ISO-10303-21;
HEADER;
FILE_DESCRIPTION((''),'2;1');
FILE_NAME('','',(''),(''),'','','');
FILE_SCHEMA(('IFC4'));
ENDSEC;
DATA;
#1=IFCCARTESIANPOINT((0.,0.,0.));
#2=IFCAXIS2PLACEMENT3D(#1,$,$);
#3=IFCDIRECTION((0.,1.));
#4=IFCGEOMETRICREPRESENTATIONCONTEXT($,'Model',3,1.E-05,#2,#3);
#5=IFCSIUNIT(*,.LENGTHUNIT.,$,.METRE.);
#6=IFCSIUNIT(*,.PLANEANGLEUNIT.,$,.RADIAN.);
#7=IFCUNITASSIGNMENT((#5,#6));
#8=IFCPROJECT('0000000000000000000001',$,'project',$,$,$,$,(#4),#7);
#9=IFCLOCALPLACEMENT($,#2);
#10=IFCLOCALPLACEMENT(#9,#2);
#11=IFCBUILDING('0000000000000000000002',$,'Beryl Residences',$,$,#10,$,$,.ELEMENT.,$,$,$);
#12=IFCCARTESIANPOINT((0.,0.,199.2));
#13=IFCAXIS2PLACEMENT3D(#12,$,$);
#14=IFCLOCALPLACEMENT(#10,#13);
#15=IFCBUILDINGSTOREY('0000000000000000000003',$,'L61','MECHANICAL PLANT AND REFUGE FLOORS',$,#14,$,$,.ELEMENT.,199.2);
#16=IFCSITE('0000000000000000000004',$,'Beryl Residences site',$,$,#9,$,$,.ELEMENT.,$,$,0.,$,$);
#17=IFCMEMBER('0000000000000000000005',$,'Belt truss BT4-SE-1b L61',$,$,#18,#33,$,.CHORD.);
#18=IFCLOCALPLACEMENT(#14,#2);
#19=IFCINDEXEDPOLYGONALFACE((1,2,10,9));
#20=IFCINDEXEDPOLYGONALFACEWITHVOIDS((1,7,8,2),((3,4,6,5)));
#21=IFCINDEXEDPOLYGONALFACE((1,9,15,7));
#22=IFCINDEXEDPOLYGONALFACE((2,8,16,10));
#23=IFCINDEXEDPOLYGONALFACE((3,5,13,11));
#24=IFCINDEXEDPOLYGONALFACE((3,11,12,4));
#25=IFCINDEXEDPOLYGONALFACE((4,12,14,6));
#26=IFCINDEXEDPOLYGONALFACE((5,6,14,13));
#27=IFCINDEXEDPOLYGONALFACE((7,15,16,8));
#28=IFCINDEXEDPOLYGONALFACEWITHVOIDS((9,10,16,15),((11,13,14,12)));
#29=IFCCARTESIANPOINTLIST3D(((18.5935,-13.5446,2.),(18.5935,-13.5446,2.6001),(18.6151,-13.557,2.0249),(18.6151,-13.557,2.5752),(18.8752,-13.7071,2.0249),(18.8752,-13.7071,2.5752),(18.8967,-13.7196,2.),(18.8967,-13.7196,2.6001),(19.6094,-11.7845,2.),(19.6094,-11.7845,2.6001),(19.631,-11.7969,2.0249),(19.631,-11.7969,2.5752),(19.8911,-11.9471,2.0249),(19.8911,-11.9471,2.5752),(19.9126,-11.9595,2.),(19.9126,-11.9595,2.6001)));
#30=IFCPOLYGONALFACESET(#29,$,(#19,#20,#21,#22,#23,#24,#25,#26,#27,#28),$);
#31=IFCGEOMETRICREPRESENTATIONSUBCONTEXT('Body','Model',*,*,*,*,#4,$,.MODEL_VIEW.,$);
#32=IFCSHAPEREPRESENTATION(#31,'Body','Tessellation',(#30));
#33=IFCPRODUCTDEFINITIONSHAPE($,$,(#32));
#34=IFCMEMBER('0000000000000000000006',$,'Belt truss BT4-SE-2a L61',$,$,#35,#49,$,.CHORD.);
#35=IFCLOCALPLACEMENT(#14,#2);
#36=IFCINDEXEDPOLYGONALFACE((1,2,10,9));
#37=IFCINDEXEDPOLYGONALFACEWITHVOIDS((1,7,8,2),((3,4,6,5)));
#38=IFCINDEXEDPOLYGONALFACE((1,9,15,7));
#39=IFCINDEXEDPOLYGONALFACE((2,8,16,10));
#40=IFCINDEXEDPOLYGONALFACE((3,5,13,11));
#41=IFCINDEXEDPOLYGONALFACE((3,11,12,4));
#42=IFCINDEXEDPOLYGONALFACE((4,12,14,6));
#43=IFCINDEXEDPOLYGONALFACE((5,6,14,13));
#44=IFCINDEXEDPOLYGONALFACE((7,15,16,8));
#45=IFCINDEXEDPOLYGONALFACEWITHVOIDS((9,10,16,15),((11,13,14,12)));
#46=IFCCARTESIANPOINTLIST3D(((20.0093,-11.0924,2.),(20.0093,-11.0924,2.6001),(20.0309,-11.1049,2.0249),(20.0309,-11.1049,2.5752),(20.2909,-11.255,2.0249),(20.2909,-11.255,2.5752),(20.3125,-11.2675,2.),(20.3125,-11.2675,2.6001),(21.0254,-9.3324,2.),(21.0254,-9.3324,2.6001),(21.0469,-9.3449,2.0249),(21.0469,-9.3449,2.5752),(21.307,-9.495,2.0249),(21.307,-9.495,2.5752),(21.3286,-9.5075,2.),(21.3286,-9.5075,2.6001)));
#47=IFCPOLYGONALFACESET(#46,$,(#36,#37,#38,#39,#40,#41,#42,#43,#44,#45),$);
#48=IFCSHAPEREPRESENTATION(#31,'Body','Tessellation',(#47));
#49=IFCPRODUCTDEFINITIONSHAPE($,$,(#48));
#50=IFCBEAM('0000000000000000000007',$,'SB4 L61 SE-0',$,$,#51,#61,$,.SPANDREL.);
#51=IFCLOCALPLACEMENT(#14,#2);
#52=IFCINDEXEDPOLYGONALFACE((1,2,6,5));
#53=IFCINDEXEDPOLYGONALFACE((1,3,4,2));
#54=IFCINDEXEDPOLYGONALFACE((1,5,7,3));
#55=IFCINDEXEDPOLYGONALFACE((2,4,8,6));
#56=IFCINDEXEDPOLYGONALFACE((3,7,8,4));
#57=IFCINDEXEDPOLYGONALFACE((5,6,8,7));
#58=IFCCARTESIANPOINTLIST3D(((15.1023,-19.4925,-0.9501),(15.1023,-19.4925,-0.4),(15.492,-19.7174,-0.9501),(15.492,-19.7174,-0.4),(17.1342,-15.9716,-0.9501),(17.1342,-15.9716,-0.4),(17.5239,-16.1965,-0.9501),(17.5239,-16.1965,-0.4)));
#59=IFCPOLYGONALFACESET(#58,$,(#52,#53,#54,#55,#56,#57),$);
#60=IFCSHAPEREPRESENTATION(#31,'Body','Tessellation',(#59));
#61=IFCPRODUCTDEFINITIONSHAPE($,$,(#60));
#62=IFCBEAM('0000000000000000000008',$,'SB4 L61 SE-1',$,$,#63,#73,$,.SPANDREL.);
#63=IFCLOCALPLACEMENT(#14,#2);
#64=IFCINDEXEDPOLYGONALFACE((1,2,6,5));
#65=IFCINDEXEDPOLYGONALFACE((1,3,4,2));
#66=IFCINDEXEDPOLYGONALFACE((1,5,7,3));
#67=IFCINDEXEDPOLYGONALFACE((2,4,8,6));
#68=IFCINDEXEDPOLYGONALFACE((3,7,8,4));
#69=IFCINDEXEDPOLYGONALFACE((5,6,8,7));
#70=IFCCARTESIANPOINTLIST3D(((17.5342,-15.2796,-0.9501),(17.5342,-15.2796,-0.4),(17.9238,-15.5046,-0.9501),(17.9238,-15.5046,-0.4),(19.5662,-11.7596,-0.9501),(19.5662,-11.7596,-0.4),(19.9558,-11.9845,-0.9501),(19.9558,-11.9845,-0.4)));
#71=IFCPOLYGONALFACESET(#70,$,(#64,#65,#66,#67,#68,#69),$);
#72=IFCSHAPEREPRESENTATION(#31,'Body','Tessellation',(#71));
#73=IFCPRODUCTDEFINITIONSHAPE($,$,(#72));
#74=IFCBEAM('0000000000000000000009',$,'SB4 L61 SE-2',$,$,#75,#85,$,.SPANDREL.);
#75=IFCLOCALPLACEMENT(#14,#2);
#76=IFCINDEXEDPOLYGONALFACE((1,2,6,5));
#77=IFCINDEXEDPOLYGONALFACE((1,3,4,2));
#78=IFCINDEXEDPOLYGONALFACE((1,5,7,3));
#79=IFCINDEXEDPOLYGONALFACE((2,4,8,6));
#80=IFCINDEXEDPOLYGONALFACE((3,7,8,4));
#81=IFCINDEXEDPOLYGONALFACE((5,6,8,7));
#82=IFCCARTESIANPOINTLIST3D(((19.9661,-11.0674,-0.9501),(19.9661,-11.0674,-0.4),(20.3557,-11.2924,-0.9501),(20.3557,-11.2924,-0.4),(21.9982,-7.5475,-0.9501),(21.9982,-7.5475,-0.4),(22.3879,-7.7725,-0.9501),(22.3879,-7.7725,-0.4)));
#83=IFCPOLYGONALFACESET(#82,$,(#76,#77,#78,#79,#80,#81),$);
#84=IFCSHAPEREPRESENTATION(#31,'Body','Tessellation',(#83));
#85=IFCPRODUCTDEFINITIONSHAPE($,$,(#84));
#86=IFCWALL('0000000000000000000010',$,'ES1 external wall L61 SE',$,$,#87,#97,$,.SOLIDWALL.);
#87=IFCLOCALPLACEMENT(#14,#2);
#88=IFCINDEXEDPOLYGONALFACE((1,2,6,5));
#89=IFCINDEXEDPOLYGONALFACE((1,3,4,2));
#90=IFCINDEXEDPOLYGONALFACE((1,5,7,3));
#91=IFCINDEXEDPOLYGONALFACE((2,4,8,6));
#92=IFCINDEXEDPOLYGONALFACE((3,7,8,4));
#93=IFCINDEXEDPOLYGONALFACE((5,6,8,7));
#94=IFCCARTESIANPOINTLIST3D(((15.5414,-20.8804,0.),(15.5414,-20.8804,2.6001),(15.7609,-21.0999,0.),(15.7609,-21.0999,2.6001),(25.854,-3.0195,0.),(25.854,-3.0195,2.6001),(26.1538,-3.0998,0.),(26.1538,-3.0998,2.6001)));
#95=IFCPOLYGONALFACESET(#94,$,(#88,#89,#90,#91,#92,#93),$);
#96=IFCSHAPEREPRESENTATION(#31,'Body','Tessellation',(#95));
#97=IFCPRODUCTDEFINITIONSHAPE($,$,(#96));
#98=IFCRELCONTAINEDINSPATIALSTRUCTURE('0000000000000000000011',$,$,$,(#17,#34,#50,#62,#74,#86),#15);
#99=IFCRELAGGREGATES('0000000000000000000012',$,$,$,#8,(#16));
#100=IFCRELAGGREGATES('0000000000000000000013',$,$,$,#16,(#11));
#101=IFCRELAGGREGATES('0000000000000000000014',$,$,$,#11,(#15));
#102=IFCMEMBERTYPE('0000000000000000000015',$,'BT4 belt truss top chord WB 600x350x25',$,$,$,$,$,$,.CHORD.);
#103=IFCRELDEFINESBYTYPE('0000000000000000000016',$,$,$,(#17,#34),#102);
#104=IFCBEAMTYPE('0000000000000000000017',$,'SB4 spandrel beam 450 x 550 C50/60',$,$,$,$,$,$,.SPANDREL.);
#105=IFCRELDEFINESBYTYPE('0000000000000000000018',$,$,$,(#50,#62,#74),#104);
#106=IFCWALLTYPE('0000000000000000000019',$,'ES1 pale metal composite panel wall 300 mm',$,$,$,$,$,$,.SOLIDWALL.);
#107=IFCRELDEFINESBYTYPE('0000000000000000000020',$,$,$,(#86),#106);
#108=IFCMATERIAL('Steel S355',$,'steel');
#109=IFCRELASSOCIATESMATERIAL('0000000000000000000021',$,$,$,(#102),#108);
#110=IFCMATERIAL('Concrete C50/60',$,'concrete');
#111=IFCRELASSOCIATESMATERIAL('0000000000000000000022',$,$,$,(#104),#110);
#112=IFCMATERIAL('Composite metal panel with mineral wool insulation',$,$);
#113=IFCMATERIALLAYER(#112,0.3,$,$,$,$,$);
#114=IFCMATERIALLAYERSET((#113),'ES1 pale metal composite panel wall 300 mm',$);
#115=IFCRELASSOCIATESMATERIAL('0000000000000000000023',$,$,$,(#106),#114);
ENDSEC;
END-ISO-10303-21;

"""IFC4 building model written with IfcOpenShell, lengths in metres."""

from ifc_helpers import new_model, si_unit, direction, frame, origin, origin_2d, place, context, subcontext, project, spatial, polyline, rectangle, hollow_rectangle, outline, extrude, material, layer, layer_set, material_profile, profile_set, type_object, element, save


model = new_model("IFC4")

# Units and contexts
model_context = context("Model", 3, precision=1e-05, world=origin(), true_north=direction((0.0, 1.0)))
body_context = subcontext(model_context, "Body", "Model", "MODEL_VIEW")
ifc_project = project(units=[si_unit("LENGTHUNIT", "METRE"), si_unit("PLANEANGLEUNIT", "RADIAN")], contexts=[model_context])

# Site, building, storey
site_placement = place(None, origin())
site = spatial("IfcSite", under=ifc_project, at=site_placement, Name="Beryl Residences site", CompositionType="ELEMENT", RefElevation=0.0)
building_placement = place(site_placement, origin())
building = spatial("IfcBuilding", under=site, at=building_placement, Name="Beryl Residences", CompositionType="ELEMENT")
storey_placement = place(building_placement, frame((0.0, 0.0, 199.2)))
storey = spatial("IfcBuildingStorey", under=building, at=storey_placement, Name="L61", Description="MECHANICAL PLANT AND REFUGE FLOORS", CompositionType="ELEMENT", Elevation=199.2)

# Members
ifc_material_1 = material(Name="Steel S355", Category="steel")
ifc_material_profile_1 = material_profile(ifc_material_1, hollow_rectangle(XDim=0.3501, YDim=0.6001, WallThickness=0.0249, at=origin_2d()))
ifc_profile_set_1 = profile_set([ifc_material_profile_1], Name="Steel S355")
member_type_1 = type_object("IfcMemberType", Name="BT4 belt truss top chord WB 600x350x25", PredefinedType="CHORD", material=ifc_profile_set_1)
for number, where, z_axis, x_axis, name in (
    (1, (18.7451, -13.6321, 2.3), (0.499899, 0.866084, 0.0), (-0.866084, 0.499899, 0.0), "Belt truss BT4-SE-1b L61"),
    (2, (20.1609, -11.1799, 2.3), (0.499989, 0.866032, 0.0), (-0.866032, 0.499989, 0.0), "Belt truss BT4-SE-2a L61"),
):
    element("IfcMember", number, at=place(storey_placement, frame(where, z_axis=z_axis, x_axis=x_axis)), inside=storey, type_object=member_type_1, Name=name, PredefinedType="CHORD", context=body_context, shape_type="SweptSolid", body=[
        extrude(hollow_rectangle(XDim=0.3501, YDim=0.6001, WallThickness=0.0249, at=origin_2d()), origin(), (0.0, 0.0, 1.0), 2.0322),
    ])

# Beams
ifc_material_2 = material(Name="Concrete C50/60", Category="concrete")
ifc_material_profile_2 = material_profile(ifc_material_2, rectangle(XDim=0.45, YDim=0.55, at=origin_2d()))
ifc_profile_set_2 = profile_set([ifc_material_profile_2], Name="Concrete C50/60")
beam_type = type_object("IfcBeamType", Name="SB4 spandrel beam 450 x 550 C50/60", PredefinedType="SPANDREL", material=ifc_profile_set_2)
beam_placement = place(storey_placement, frame((15.2971, -19.605, -0.675), z_axis=(0.49984, 0.866118, 0.0), x_axis=(-0.866118, 0.49984, 0.0)))
element("IfcBeam", 3, at=beam_placement, inside=storey, type_object=beam_type, Name="SB4 L61 SE-0", PredefinedType="SPANDREL", context=body_context, shape_type="SweptSolid", body=[
    extrude(rectangle(XDim=0.45, YDim=0.55, at=origin_2d()), origin(), (0.0, 0.0, 1.0), 4.0652),
])
for number, where, z_axis, x_axis, name in (
    (4, (17.729, -15.3921, -0.675), (0.499944, 0.866058, 0.0), (-0.866058, 0.499944, 0.0), "SB4 L61 SE-1"),
    (5, (20.1609, -11.1799, -0.675), (0.499989, 0.866032, 0.0), (-0.866032, 0.499989, 0.0), "SB4 L61 SE-2"),
):
    element("IfcBeam", number, at=place(storey_placement, frame(where, z_axis=z_axis, x_axis=x_axis)), inside=storey, type_object=beam_type, Name=name, PredefinedType="SPANDREL", context=body_context, shape_type="SweptSolid", body=[
        extrude(rectangle(XDim=0.45, YDim=0.55, at=origin_2d()), origin(), (0.0, 0.0, 1.0), 4.0645),
    ])

# Wall
ifc_material_3 = material(Name="Composite metal panel with mineral wool insulation")
ifc_layer = layer(ifc_material_3, 0.3)
ifc_layer_set = layer_set([ifc_layer], Name="ES1 pale metal composite panel wall 300 mm")
wall_type = type_object("IfcWallType", Name="ES1 pale metal composite panel wall 300 mm", PredefinedType="SOLIDWALL", material=ifc_layer_set)
wall_placement = place(storey_placement, frame((15.6311, -21.0249, 0.0), z_axis=(0.0, 0.0, 1.0), x_axis=(0.500019, 0.866015, 0.0)))
element("IfcWall", 6, at=wall_placement, inside=storey, type_object=wall_type, Name="ES1 external wall L61 SE", PredefinedType="SOLIDWALL", context=body_context, shape_type="SweptSolid", body=[
    extrude(outline(polyline([(0.0, -0.1499), (20.7849, -0.1499), (20.7046, 0.1499), (0.0803, 0.1499), (0.0, -0.1499)])), origin(), (0.0, 0.0, 1.0), 2.6001),
])

save(model, "model.ifc")
